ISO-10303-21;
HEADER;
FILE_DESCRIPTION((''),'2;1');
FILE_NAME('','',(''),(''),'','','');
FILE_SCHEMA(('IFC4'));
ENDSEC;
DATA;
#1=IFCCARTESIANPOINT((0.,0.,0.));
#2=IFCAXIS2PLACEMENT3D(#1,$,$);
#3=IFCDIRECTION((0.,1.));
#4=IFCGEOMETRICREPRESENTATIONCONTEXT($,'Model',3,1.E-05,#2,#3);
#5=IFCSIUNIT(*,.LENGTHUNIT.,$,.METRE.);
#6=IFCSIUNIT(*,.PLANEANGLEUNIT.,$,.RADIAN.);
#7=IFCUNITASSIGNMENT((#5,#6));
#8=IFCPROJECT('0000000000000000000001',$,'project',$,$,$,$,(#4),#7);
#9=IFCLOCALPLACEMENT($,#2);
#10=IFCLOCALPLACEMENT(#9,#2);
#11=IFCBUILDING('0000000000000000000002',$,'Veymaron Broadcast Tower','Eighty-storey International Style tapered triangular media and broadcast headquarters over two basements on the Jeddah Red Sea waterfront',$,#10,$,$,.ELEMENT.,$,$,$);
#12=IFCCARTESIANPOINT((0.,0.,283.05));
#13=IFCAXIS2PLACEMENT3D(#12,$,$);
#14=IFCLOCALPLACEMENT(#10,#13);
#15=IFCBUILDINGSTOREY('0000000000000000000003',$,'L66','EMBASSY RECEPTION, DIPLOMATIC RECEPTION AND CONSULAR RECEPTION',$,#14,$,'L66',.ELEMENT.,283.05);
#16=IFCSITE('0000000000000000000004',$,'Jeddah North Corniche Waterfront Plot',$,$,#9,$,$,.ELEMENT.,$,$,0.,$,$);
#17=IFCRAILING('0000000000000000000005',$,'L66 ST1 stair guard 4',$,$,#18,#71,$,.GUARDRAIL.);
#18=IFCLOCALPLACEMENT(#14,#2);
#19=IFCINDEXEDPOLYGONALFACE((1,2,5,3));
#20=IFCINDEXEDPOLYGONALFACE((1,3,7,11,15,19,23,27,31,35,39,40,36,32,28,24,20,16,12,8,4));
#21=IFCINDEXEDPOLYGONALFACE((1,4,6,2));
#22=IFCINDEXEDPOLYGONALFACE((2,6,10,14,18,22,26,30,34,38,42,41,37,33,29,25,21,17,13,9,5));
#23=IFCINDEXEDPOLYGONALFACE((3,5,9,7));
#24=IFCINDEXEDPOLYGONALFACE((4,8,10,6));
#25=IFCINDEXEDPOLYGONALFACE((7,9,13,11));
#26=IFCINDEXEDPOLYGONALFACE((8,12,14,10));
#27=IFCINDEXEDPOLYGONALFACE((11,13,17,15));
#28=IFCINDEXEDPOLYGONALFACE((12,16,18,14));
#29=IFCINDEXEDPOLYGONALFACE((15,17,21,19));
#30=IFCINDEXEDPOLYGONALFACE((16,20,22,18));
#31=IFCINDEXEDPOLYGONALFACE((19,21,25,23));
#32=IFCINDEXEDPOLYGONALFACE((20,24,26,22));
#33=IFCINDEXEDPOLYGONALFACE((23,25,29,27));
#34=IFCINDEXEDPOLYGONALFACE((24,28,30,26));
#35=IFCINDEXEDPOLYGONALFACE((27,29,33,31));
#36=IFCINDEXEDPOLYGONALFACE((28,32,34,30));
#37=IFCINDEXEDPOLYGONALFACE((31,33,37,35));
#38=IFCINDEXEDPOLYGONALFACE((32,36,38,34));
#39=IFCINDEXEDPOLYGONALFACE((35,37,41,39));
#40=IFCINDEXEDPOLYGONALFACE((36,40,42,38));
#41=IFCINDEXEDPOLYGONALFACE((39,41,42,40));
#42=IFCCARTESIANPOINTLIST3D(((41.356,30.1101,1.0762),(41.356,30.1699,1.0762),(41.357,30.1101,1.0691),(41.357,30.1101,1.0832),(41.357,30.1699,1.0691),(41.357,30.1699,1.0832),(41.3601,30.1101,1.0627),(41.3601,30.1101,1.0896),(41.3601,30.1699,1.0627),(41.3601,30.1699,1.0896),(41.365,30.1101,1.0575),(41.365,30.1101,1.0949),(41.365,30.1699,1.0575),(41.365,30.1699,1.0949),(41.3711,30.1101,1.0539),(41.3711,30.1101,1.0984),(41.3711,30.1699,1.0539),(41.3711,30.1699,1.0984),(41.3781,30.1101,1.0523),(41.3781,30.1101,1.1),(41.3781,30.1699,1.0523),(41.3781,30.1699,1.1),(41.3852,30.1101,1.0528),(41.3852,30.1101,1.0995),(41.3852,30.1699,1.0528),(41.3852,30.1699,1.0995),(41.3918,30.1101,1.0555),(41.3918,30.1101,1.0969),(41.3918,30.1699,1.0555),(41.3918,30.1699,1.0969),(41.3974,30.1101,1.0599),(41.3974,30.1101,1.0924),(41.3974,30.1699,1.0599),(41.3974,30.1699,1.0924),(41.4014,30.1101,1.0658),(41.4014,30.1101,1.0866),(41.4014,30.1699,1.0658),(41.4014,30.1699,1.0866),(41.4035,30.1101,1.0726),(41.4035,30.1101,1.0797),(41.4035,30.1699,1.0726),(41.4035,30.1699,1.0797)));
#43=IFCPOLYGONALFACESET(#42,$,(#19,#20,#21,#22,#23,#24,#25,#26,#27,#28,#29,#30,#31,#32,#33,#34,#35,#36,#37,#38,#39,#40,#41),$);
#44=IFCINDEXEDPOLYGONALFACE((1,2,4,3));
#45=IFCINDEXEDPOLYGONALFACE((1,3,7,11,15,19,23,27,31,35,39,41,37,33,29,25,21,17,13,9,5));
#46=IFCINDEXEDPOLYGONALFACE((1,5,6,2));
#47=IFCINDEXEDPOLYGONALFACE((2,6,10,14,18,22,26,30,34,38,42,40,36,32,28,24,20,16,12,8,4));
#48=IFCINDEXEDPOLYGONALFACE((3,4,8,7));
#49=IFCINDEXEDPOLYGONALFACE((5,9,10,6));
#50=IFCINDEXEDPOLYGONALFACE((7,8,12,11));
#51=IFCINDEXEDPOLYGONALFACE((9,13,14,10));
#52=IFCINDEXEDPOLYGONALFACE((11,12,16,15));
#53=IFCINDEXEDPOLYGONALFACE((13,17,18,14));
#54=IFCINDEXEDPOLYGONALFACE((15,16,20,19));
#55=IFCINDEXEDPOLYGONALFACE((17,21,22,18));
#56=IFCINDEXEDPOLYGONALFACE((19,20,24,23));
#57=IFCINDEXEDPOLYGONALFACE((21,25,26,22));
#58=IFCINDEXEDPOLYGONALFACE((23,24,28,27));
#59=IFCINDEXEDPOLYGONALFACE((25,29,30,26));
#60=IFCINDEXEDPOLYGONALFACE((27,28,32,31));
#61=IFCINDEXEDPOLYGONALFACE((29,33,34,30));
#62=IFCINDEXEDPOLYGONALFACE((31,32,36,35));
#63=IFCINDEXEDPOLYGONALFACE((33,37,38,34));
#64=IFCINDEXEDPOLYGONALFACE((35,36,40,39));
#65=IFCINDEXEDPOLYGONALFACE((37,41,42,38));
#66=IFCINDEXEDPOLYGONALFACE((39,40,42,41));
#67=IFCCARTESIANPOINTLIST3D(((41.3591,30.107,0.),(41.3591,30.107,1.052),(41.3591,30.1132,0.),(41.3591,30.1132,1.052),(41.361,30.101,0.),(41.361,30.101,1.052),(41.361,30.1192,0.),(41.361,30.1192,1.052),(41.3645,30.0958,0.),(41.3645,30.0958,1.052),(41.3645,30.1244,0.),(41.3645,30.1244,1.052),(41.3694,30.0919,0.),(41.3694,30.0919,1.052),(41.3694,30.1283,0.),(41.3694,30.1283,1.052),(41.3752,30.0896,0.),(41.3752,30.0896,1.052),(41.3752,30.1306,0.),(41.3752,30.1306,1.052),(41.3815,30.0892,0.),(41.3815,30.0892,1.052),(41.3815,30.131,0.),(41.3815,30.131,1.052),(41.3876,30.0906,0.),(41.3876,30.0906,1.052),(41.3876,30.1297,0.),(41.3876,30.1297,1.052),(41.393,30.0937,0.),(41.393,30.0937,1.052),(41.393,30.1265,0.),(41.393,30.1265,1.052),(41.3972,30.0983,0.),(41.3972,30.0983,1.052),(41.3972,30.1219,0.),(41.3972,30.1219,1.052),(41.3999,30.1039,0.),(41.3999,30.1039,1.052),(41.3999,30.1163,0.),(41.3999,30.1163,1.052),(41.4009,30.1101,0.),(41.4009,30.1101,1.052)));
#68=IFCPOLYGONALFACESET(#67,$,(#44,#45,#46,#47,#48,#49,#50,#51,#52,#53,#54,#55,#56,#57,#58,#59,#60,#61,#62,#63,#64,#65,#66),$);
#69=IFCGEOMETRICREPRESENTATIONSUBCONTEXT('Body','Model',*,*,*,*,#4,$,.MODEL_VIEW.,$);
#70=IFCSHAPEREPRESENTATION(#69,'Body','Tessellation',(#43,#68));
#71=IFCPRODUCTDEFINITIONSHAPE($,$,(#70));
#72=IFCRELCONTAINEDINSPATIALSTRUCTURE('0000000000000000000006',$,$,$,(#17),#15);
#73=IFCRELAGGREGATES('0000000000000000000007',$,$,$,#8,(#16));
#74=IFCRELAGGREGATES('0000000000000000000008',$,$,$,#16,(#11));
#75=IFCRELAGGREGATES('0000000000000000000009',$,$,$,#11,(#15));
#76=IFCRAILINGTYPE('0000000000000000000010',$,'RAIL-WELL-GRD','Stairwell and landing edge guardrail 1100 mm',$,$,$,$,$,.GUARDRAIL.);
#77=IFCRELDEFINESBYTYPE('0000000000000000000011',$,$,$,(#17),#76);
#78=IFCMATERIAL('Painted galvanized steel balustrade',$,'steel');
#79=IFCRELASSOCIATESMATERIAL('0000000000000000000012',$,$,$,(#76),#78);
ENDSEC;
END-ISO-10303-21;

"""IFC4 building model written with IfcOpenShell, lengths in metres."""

from ifc_helpers import new_model, si_unit, direction, frame, origin, origin_2d, place, context, subcontext, project, spatial, circle, extrude, material, type_object, element, save


model = new_model("IFC4")

# Units and contexts
model_context = context("Model", 3, precision=1e-05, world=origin(), true_north=direction((0.0, 1.0)))
body_context = subcontext(model_context, "Body", "Model", "MODEL_VIEW")
ifc_project = project(units=[si_unit("LENGTHUNIT", "METRE"), si_unit("PLANEANGLEUNIT", "RADIAN")], contexts=[model_context])

# Site, building, storey
site_placement = place(None, origin())
site = spatial("IfcSite", under=ifc_project, at=site_placement, Name="Jeddah North Corniche Waterfront Plot", CompositionType="ELEMENT", RefElevation=0.0)
building_placement = place(site_placement, origin())
building = spatial("IfcBuilding", under=site, at=building_placement, Name="Veymaron Broadcast Tower", Description="Eighty-storey International Style tapered triangular media and broadcast headquarters over two basements on the Jeddah Red Sea waterfront", CompositionType="ELEMENT")
storey_placement = place(building_placement, frame((0.0, 0.0, 283.05)))
storey = spatial("IfcBuildingStorey", under=building, at=storey_placement, Name="L66", Description="EMBASSY RECEPTION, DIPLOMATIC RECEPTION AND CONSULAR RECEPTION", LongName="L66", CompositionType="ELEMENT", Elevation=283.05)

# Railing
ifc_material_1 = material(Name="Painted galvanized steel balustrade", Category="steel")
railing_type_1 = type_object("IfcRailingType", Name="RAIL-WELL-GRD", Description="Stairwell and landing edge guardrail 1100 mm", PredefinedType="GUARDRAIL", material=ifc_material_1)
railing_1_placement = place(storey_placement, frame((41.3799, 30.1101, 0.0)))
element("IfcRailing", 1, at=railing_1_placement, inside=storey, type_object=railing_type_1, Name="L66 ST1 stair guard 4", PredefinedType="GUARDRAIL", context=body_context, shape_type="SweptSolid", body=[
    extrude(circle(Radius=0.0239, at=origin_2d()), frame((0.0, 0.0, 1.0762), z_axis=(0.0, 1.0, 0.0), x_axis=(-1.0, 0.0, 0.0)), (0.0, 0.0, 1.0), 0.0598),
    extrude(circle(Radius=0.021, at=origin_2d()), origin(), (0.0, 0.0, 1.0), 1.052),
])

save(model, "model.ifc")
